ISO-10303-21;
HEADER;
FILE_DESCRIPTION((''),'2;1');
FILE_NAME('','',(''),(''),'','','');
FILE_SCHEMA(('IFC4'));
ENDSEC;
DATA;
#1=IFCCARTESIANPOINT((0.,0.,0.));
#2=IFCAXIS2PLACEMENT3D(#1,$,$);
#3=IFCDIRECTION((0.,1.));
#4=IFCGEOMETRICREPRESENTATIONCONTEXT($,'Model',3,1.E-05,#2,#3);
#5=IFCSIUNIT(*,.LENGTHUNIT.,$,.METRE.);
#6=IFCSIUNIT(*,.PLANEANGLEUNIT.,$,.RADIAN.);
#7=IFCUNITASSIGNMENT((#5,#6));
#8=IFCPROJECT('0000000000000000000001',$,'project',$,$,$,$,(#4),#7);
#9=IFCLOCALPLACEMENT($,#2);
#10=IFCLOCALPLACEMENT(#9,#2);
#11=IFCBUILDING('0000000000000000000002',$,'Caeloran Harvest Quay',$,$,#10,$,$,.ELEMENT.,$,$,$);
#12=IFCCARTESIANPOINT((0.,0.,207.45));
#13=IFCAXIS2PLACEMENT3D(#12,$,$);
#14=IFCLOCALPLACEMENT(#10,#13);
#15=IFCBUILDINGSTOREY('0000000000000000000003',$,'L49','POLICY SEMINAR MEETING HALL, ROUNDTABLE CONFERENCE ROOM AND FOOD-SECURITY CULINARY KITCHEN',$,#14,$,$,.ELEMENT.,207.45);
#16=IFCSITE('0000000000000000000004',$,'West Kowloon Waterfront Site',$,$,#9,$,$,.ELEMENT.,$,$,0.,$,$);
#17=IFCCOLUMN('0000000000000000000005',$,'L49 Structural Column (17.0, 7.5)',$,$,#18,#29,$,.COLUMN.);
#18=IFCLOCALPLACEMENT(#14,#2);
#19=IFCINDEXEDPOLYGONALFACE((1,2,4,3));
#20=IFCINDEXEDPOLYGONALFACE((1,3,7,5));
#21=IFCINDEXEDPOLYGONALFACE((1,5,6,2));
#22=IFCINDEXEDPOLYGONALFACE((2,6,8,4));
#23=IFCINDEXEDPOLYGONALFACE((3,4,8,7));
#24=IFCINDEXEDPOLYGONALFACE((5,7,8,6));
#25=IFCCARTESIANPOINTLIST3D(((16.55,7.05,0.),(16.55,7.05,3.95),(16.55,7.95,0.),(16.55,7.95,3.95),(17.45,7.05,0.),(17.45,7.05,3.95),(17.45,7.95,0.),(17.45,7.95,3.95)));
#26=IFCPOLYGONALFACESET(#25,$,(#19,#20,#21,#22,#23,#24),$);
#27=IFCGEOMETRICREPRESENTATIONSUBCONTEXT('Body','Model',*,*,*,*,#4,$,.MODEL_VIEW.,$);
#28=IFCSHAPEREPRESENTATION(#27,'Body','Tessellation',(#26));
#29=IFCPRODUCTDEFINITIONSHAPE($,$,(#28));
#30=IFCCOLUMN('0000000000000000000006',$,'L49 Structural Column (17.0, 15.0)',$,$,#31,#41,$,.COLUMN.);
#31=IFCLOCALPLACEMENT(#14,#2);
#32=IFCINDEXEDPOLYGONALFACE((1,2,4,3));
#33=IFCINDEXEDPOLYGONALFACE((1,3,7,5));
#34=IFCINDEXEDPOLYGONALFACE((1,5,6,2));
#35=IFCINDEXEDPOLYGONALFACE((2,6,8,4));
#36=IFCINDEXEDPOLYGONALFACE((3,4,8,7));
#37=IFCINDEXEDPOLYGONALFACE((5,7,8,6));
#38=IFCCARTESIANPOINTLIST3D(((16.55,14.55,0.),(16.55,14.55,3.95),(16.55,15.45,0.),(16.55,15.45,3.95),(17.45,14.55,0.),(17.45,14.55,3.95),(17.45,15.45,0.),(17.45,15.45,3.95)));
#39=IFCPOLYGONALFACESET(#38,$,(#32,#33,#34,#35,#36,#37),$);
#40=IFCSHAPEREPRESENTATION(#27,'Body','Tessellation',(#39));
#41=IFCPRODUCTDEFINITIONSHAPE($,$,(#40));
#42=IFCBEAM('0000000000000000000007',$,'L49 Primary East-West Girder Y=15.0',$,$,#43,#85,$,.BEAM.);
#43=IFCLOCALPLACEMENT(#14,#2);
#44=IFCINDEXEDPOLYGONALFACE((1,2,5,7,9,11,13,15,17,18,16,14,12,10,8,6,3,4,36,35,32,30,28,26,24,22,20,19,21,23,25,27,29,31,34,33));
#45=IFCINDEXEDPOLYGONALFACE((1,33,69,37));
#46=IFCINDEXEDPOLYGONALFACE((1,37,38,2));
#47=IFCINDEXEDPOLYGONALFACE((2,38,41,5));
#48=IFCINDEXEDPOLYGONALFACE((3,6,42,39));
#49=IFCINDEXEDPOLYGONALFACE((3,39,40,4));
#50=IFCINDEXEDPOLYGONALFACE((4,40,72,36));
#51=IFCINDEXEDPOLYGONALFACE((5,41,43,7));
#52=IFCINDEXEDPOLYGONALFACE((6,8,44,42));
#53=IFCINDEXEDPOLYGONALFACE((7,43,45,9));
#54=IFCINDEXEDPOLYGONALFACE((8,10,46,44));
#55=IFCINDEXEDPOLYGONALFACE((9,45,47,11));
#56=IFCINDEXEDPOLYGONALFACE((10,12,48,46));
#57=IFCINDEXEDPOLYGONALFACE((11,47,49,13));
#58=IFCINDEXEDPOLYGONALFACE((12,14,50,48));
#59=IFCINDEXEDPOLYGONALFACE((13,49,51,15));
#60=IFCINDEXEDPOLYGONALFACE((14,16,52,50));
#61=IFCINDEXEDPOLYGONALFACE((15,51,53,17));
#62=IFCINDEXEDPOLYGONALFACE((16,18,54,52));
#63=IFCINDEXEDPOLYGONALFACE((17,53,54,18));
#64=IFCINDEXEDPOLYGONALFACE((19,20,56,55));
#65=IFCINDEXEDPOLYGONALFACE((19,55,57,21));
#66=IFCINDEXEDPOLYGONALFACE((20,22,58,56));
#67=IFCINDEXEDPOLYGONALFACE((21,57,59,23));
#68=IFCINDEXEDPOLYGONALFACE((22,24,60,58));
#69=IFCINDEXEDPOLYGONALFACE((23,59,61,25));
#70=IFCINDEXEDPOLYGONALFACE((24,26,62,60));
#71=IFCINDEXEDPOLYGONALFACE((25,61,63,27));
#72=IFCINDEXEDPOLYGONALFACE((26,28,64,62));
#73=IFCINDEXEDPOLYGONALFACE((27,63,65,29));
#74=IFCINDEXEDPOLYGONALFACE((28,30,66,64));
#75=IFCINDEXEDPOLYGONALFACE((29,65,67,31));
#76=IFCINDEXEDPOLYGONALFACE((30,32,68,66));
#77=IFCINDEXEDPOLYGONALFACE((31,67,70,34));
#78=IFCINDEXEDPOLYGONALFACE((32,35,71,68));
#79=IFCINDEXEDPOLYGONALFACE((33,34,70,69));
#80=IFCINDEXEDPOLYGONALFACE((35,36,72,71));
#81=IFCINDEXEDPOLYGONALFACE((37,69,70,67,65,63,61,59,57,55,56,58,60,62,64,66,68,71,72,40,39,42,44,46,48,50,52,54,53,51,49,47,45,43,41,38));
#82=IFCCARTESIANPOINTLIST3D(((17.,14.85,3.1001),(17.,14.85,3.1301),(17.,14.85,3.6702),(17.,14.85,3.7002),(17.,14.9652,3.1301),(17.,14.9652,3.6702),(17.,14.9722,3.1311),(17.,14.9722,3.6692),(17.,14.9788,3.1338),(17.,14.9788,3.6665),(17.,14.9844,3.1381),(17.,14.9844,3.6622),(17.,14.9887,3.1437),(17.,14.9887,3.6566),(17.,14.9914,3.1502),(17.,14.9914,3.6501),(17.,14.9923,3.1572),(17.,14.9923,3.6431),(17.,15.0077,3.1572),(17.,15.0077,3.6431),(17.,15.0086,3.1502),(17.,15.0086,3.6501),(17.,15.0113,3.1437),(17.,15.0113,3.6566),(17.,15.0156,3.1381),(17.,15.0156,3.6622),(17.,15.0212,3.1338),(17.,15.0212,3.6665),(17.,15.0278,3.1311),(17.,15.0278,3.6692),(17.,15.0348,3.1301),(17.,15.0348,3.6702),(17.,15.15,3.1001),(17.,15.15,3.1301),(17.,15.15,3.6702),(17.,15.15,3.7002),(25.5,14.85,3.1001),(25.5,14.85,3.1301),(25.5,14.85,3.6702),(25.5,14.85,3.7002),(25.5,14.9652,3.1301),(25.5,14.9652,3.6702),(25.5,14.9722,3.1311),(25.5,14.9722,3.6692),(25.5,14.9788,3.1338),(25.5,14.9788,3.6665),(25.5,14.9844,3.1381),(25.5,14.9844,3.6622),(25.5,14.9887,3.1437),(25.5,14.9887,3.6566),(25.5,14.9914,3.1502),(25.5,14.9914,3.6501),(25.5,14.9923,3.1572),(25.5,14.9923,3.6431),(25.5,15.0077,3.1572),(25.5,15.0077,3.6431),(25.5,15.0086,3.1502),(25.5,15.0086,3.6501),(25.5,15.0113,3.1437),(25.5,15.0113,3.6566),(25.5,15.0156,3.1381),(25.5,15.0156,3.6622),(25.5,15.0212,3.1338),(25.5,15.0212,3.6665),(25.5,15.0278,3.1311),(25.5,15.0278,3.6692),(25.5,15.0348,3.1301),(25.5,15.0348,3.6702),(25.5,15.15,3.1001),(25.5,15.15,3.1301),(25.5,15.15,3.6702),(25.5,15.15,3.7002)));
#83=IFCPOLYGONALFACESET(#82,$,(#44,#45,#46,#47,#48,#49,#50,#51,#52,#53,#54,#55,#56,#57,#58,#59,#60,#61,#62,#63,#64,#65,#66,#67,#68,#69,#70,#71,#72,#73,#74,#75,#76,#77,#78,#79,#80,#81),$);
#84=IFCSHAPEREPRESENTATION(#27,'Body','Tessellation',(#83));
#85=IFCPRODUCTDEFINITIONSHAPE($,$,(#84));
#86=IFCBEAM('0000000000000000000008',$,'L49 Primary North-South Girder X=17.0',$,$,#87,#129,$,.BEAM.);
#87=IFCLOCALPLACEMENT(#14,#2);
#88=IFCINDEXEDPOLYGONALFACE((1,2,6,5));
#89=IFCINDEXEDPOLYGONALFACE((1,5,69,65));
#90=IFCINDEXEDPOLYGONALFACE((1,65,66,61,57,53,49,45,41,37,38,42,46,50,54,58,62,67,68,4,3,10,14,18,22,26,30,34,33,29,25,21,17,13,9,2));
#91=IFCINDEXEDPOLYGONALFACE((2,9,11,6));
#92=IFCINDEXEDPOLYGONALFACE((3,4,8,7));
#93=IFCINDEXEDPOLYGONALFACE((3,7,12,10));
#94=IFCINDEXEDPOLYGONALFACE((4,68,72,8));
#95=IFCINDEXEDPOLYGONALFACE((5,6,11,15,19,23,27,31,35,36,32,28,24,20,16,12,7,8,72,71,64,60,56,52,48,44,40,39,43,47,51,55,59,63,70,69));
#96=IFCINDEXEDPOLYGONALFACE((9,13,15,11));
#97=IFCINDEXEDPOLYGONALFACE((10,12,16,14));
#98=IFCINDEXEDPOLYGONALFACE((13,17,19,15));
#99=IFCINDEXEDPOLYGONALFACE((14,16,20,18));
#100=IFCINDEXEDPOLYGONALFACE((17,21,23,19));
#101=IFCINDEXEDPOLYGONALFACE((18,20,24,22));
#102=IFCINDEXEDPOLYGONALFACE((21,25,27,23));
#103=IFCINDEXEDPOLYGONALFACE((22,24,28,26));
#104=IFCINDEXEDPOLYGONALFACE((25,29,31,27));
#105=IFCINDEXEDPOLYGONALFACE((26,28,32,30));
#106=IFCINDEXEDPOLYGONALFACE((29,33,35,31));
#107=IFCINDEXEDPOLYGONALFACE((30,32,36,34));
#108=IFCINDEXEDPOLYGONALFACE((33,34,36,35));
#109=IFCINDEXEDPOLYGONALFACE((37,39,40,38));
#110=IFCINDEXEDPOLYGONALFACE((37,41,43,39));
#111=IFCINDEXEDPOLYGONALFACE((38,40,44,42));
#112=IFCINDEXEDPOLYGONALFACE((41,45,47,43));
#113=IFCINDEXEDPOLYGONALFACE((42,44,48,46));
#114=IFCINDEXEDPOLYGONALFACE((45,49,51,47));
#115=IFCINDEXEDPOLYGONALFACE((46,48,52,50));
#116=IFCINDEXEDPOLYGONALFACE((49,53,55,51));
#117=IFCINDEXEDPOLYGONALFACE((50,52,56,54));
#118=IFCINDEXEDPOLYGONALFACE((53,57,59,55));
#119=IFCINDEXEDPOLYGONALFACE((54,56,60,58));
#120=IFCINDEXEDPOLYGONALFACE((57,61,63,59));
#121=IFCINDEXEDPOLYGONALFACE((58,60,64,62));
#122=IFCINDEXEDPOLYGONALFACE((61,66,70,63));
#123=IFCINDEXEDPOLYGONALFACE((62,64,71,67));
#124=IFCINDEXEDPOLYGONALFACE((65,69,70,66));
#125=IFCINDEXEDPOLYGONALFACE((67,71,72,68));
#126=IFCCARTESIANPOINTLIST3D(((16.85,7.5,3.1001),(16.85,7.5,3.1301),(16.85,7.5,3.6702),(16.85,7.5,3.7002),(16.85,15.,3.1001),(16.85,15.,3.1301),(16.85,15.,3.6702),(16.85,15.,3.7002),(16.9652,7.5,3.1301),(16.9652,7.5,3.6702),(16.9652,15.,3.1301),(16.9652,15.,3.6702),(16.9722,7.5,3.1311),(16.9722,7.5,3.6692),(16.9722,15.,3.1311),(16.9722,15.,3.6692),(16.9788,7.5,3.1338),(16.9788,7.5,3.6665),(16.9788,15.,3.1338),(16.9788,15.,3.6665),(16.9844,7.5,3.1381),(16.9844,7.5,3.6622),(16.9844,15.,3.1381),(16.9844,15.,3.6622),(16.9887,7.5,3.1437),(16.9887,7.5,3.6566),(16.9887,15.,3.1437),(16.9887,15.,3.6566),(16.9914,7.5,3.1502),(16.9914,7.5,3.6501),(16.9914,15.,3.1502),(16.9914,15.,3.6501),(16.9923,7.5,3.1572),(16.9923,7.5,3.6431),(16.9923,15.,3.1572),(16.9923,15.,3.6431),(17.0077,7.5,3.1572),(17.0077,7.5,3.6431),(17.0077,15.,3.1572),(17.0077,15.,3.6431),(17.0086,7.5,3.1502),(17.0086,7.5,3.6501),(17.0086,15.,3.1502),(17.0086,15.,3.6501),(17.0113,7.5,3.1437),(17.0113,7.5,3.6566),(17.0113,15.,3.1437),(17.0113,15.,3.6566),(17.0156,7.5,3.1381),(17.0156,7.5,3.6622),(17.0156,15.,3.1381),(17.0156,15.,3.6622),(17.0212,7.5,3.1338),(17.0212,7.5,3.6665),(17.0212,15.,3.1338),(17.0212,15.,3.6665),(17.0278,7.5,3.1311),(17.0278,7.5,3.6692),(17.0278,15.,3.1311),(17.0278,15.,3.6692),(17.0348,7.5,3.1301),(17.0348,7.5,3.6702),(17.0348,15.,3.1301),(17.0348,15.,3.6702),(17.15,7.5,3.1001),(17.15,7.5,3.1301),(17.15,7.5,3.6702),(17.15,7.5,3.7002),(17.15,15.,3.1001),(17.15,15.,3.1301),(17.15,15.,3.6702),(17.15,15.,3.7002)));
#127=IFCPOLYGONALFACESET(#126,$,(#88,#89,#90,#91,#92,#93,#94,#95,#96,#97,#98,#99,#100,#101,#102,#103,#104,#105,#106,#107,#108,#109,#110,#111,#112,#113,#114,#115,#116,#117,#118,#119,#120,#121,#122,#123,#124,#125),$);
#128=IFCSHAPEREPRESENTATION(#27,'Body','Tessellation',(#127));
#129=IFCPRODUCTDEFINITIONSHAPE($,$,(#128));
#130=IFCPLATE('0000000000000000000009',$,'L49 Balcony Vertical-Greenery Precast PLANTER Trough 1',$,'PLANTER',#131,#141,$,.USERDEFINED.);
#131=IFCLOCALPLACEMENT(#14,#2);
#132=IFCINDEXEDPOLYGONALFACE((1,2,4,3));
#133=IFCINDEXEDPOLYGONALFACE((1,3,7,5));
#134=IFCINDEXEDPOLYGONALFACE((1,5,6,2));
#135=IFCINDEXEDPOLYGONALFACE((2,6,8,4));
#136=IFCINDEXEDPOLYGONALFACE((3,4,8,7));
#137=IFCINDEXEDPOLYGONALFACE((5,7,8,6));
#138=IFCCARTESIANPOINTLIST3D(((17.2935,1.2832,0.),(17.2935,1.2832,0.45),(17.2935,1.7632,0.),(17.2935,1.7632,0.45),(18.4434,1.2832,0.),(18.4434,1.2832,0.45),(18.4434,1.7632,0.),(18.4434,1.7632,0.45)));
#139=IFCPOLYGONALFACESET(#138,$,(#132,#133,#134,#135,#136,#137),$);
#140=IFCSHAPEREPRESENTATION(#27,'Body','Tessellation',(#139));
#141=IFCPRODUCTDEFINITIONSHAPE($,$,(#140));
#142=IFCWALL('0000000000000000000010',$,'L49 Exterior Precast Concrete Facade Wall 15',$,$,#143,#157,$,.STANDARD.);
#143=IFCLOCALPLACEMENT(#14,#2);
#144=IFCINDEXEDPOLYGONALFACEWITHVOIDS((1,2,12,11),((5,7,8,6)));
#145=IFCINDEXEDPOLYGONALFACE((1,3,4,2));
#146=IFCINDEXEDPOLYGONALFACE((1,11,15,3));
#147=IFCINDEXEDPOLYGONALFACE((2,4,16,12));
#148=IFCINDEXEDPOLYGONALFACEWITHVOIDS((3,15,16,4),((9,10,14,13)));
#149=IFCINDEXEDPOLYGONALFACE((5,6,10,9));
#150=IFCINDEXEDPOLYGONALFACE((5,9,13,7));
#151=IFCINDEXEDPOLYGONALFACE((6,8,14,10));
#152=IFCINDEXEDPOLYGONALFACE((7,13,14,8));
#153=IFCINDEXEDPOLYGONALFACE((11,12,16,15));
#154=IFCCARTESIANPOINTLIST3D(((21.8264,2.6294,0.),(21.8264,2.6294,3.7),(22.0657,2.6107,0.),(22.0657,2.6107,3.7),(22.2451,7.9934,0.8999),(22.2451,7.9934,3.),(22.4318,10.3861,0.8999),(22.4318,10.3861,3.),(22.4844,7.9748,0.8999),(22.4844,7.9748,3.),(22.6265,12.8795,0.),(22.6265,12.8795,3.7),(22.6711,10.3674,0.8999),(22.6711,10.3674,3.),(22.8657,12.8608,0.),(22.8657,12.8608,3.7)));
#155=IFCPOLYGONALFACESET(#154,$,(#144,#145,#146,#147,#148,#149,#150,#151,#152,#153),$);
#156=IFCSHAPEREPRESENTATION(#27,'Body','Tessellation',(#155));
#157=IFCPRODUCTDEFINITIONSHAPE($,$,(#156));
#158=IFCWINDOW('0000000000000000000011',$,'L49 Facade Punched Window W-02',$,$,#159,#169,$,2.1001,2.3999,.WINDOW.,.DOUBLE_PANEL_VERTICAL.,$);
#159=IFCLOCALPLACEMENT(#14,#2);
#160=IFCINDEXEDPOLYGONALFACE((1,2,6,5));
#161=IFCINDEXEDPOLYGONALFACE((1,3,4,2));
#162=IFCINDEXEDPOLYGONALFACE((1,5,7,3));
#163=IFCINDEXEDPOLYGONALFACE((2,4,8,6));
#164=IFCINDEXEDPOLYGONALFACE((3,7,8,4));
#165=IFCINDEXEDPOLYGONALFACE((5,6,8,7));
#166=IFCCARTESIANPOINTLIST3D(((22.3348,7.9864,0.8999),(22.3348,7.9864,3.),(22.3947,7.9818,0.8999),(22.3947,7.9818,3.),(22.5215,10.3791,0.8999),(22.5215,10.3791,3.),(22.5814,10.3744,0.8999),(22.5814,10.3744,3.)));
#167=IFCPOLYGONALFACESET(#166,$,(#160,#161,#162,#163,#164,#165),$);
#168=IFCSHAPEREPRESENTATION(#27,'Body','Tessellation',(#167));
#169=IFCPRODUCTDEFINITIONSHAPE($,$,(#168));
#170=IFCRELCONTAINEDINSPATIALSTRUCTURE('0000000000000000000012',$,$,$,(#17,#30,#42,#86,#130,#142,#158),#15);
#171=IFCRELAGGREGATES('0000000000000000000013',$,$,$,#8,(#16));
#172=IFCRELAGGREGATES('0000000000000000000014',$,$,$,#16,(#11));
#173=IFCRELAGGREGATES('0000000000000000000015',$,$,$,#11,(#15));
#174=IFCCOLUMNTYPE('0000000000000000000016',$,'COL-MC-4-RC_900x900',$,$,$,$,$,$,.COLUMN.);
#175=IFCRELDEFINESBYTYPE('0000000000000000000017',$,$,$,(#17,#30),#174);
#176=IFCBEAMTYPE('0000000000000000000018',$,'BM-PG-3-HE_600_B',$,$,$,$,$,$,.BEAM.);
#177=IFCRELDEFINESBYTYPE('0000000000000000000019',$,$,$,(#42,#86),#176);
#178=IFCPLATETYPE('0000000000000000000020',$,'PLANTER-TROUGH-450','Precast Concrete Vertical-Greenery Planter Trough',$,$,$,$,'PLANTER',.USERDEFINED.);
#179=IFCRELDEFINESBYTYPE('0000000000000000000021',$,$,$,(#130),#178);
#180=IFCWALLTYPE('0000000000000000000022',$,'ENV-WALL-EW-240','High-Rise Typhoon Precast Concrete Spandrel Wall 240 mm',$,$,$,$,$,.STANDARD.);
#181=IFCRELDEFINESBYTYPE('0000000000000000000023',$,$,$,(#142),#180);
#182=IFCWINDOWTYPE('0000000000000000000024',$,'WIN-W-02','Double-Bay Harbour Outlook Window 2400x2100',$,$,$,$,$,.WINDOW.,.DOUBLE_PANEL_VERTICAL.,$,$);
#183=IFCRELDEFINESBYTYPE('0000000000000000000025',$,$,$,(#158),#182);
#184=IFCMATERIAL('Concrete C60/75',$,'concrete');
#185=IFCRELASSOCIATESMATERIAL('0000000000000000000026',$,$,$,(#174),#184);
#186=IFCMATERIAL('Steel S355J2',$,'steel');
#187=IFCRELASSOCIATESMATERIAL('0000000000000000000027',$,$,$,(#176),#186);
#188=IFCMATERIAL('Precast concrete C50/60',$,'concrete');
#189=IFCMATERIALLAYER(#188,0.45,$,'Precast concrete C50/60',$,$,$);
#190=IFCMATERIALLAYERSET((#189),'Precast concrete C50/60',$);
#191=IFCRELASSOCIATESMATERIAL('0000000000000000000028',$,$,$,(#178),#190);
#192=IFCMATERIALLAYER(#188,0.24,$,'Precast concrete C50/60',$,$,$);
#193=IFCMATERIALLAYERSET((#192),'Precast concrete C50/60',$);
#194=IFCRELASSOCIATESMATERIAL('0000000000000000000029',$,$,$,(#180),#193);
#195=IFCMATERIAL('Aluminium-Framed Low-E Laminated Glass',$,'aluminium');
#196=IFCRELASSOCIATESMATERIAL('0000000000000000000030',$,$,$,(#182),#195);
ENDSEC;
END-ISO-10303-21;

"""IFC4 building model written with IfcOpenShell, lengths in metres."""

from ifc_helpers import new_model, si_unit, direction, frame, frame_2d, origin, origin_2d, place, context, subcontext, project, spatial, rectangle, i_section, extrude, material, layer, layer_set, material_profile, profile_set, type_object, element, fill, save


model = new_model("IFC4")

# Units and contexts
model_context = context("Model", 3, precision=1e-05, world=origin(), true_north=direction((0.0, 1.0)))
body_context = subcontext(model_context, "Body", "Model", "MODEL_VIEW")
ifc_project = project(units=[si_unit("LENGTHUNIT", "METRE"), si_unit("PLANEANGLEUNIT", "RADIAN")], contexts=[model_context])

# Site, building, storey
site_placement = place(None, origin())
site = spatial("IfcSite", under=ifc_project, at=site_placement, Name="West Kowloon Waterfront Site", CompositionType="ELEMENT", RefElevation=0.0)
building_placement = place(site_placement, origin())
building = spatial("IfcBuilding", under=site, at=building_placement, Name="Caeloran Harvest Quay", CompositionType="ELEMENT")
storey_placement = place(building_placement, frame((0.0, 0.0, 207.45)))
storey = spatial("IfcBuildingStorey", under=building, at=storey_placement, Name="L49", Description="POLICY SEMINAR MEETING HALL, ROUNDTABLE CONFERENCE ROOM AND FOOD-SECURITY CULINARY KITCHEN", CompositionType="ELEMENT", Elevation=207.45)

# Columns
ifc_material_1 = material(Name="Concrete C60/75", Category="concrete")
ifc_material_profile_1 = material_profile(ifc_material_1, rectangle(XDim=0.8999, YDim=0.8999, at=origin_2d()), Name="RC 900x900")
ifc_profile_set_1 = profile_set([ifc_material_profile_1], Name="Concrete C60/75")
column_type = type_object("IfcColumnType", Name="COL-MC-4-RC_900x900", PredefinedType="COLUMN", material=ifc_profile_set_1)
for number, where, z_axis, x_axis, name in (
    (1, (17.0, 7.5, 0.0), (0.0, 0.0, 1.0), (1.0, 0.0, 0.0), "L49 Structural Column (17.0, 7.5)"),
    (2, (17.0, 15.0, 0.0), (0.0, 0.0, 1.0), (1.0, 0.0, 0.0), "L49 Structural Column (17.0, 15.0)"),
):
    element("IfcColumn", number, at=place(storey_placement, frame(where, z_axis=z_axis, x_axis=x_axis)), inside=storey, type_object=column_type, Name=name, PredefinedType="COLUMN", context=body_context, shape_type="SweptSolid", body=[
        extrude(rectangle(XDim=0.8999, YDim=0.8999, at=origin_2d()), origin(), (0.0, 0.0, 1.0), 3.95),
    ])

# Beams
ifc_material_2 = material(Name="Steel S355J2", Category="steel")
ifc_material_profile_2 = material_profile(ifc_material_2, i_section(OverallWidth=0.3, OverallDepth=0.6001, WebThickness=0.0154, FlangeThickness=0.03, FilletRadius=0.0271, at=origin_2d()), Name="HE 600 B")
ifc_profile_set_2 = profile_set([ifc_material_profile_2], Name="Steel S355J2")
beam_type = type_object("IfcBeamType", Name="BM-PG-3-HE_600_B", PredefinedType="BEAM", material=ifc_profile_set_2)
beam_1_placement = place(storey_placement, frame((17.0, 15.0, 3.4001), z_axis=(1.0, 0.0, 0.0), x_axis=(0.0, 1.0, 0.0)))
element("IfcBeam", 3, at=beam_1_placement, inside=storey, type_object=beam_type, Name="L49 Primary East-West Girder Y=15.0", PredefinedType="BEAM", context=body_context, shape_type="SweptSolid", body=[
    extrude(i_section(OverallWidth=0.3, OverallDepth=0.6001, WebThickness=0.0154, FlangeThickness=0.03, FilletRadius=0.0271, at=origin_2d()), origin(), (0.0, 0.0, 1.0), 8.5),
])
beam_2_placement = place(storey_placement, frame((17.0, 7.5, 3.4001), z_axis=(0.0, 1.0, 0.0), x_axis=(-1.0, 0.0, 0.0)))
element("IfcBeam", 4, at=beam_2_placement, inside=storey, type_object=beam_type, Name="L49 Primary North-South Girder X=17.0", PredefinedType="BEAM", context=body_context, shape_type="SweptSolid", body=[
    extrude(i_section(OverallWidth=0.3, OverallDepth=0.6001, WebThickness=0.0154, FlangeThickness=0.03, FilletRadius=0.0271, at=origin_2d()), origin(), (0.0, 0.0, 1.0), 7.5),
])

# Plate
ifc_material_3 = material(Name="Precast concrete C50/60", Category="concrete")
ifc_layer_1 = layer(ifc_material_3, 0.45, Name="Precast concrete C50/60")
ifc_layer_set_1 = layer_set([ifc_layer_1], Name="Precast concrete C50/60")
plate_type = type_object("IfcPlateType", Name="PLANTER-TROUGH-450", Description="Precast Concrete Vertical-Greenery Planter Trough", ElementType="PLANTER", PredefinedType="USERDEFINED", material=ifc_layer_set_1)
plate_placement = place(storey_placement, frame((17.8684, 1.5232, 0.0), z_axis=(0.0, 0.0, 1.0), x_axis=(1.0, 0.0, 0.0)))
element("IfcPlate", 5, at=plate_placement, inside=storey, type_object=plate_type, Name="L49 Balcony Vertical-Greenery Precast PLANTER Trough 1", ObjectType="PLANTER", PredefinedType="USERDEFINED", context=body_context, shape_type="SweptSolid", body=[
    extrude(rectangle(XDim=1.1499, YDim=0.48, at=origin_2d()), origin(), (0.0, 0.0, 1.0), 0.45),
])

# Wall, opening, window
ifc_layer_2 = layer(ifc_material_3, 0.24, Name="Precast concrete C50/60")
ifc_layer_set_2 = layer_set([ifc_layer_2], Name="Precast concrete C50/60")
wall_type_1 = type_object("IfcWallType", Name="ENV-WALL-EW-240", Description="High-Rise Typhoon Precast Concrete Spandrel Wall 240 mm", PredefinedType="STANDARD", material=ifc_layer_set_2)
wall_1_placement = place(storey_placement, frame((22.7461, 12.8701, 0.0), z_axis=(0.0, 0.0, 1.0), x_axis=(-0.077817, -0.996968, 0.0)))
wall_1 = element("IfcWall", 6, at=wall_1_placement, inside=storey, type_object=wall_type_1, Name="L49 Exterior Precast Concrete Facade Wall 15", PredefinedType="STANDARD", context=body_context, shape_type="SweptSolid", body=[
    extrude(rectangle(XDim=10.2812, YDim=0.24, at=frame_2d((5.1406, 0.0))), origin(), (0.0, 0.0, 1.0), 3.7),
])
opening_1_placement = place(wall_1_placement, frame((2.501, 0.0, 0.8999)))
opening_1 = element("IfcOpeningElement", 7, at=opening_1_placement, cuts=wall_1, PredefinedType="OPENING", context=body_context, shape_type="SweptSolid", body=[
    extrude(rectangle(XDim=2.3999, YDim=2.1001, at=frame_2d((1.2, 1.05))), frame((0.0, 0.1299, 0.0), z_axis=(0.0, -1.0, 0.0), x_axis=(1.0, 0.0, 0.0)), (0.0, 0.0, 1.0), 0.26),
])
ifc_material_4 = material(Name="Aluminium-Framed Low-E Laminated Glass", Category="aluminium")
window_type = type_object("IfcWindowType", Name="WIN-W-02", Description="Double-Bay Harbour Outlook Window 2400x2100", PartitioningType="DOUBLE_PANEL_VERTICAL", PredefinedType="WINDOW", material=ifc_material_4)
window_placement = place(opening_1_placement, origin())
window = element("IfcWindow", 8, at=window_placement, inside=storey, type_object=window_type, Name="L49 Facade Punched Window W-02", OverallHeight=2.1001, OverallWidth=2.3999, PartitioningType="DOUBLE_PANEL_VERTICAL", PredefinedType="WINDOW", context=body_context, shape_type="SweptSolid", body=[
    extrude(rectangle(XDim=2.3999, YDim=2.1001, at=frame_2d((1.2, 1.05))), frame((0.0, 0.03, 0.0), z_axis=(0.0, -1.0, 0.0), x_axis=(1.0, 0.0, 0.0)), (0.0, 0.0, 1.0), 0.0601),
])
fill(opening_1, window)

save(model, "model.ifc")
